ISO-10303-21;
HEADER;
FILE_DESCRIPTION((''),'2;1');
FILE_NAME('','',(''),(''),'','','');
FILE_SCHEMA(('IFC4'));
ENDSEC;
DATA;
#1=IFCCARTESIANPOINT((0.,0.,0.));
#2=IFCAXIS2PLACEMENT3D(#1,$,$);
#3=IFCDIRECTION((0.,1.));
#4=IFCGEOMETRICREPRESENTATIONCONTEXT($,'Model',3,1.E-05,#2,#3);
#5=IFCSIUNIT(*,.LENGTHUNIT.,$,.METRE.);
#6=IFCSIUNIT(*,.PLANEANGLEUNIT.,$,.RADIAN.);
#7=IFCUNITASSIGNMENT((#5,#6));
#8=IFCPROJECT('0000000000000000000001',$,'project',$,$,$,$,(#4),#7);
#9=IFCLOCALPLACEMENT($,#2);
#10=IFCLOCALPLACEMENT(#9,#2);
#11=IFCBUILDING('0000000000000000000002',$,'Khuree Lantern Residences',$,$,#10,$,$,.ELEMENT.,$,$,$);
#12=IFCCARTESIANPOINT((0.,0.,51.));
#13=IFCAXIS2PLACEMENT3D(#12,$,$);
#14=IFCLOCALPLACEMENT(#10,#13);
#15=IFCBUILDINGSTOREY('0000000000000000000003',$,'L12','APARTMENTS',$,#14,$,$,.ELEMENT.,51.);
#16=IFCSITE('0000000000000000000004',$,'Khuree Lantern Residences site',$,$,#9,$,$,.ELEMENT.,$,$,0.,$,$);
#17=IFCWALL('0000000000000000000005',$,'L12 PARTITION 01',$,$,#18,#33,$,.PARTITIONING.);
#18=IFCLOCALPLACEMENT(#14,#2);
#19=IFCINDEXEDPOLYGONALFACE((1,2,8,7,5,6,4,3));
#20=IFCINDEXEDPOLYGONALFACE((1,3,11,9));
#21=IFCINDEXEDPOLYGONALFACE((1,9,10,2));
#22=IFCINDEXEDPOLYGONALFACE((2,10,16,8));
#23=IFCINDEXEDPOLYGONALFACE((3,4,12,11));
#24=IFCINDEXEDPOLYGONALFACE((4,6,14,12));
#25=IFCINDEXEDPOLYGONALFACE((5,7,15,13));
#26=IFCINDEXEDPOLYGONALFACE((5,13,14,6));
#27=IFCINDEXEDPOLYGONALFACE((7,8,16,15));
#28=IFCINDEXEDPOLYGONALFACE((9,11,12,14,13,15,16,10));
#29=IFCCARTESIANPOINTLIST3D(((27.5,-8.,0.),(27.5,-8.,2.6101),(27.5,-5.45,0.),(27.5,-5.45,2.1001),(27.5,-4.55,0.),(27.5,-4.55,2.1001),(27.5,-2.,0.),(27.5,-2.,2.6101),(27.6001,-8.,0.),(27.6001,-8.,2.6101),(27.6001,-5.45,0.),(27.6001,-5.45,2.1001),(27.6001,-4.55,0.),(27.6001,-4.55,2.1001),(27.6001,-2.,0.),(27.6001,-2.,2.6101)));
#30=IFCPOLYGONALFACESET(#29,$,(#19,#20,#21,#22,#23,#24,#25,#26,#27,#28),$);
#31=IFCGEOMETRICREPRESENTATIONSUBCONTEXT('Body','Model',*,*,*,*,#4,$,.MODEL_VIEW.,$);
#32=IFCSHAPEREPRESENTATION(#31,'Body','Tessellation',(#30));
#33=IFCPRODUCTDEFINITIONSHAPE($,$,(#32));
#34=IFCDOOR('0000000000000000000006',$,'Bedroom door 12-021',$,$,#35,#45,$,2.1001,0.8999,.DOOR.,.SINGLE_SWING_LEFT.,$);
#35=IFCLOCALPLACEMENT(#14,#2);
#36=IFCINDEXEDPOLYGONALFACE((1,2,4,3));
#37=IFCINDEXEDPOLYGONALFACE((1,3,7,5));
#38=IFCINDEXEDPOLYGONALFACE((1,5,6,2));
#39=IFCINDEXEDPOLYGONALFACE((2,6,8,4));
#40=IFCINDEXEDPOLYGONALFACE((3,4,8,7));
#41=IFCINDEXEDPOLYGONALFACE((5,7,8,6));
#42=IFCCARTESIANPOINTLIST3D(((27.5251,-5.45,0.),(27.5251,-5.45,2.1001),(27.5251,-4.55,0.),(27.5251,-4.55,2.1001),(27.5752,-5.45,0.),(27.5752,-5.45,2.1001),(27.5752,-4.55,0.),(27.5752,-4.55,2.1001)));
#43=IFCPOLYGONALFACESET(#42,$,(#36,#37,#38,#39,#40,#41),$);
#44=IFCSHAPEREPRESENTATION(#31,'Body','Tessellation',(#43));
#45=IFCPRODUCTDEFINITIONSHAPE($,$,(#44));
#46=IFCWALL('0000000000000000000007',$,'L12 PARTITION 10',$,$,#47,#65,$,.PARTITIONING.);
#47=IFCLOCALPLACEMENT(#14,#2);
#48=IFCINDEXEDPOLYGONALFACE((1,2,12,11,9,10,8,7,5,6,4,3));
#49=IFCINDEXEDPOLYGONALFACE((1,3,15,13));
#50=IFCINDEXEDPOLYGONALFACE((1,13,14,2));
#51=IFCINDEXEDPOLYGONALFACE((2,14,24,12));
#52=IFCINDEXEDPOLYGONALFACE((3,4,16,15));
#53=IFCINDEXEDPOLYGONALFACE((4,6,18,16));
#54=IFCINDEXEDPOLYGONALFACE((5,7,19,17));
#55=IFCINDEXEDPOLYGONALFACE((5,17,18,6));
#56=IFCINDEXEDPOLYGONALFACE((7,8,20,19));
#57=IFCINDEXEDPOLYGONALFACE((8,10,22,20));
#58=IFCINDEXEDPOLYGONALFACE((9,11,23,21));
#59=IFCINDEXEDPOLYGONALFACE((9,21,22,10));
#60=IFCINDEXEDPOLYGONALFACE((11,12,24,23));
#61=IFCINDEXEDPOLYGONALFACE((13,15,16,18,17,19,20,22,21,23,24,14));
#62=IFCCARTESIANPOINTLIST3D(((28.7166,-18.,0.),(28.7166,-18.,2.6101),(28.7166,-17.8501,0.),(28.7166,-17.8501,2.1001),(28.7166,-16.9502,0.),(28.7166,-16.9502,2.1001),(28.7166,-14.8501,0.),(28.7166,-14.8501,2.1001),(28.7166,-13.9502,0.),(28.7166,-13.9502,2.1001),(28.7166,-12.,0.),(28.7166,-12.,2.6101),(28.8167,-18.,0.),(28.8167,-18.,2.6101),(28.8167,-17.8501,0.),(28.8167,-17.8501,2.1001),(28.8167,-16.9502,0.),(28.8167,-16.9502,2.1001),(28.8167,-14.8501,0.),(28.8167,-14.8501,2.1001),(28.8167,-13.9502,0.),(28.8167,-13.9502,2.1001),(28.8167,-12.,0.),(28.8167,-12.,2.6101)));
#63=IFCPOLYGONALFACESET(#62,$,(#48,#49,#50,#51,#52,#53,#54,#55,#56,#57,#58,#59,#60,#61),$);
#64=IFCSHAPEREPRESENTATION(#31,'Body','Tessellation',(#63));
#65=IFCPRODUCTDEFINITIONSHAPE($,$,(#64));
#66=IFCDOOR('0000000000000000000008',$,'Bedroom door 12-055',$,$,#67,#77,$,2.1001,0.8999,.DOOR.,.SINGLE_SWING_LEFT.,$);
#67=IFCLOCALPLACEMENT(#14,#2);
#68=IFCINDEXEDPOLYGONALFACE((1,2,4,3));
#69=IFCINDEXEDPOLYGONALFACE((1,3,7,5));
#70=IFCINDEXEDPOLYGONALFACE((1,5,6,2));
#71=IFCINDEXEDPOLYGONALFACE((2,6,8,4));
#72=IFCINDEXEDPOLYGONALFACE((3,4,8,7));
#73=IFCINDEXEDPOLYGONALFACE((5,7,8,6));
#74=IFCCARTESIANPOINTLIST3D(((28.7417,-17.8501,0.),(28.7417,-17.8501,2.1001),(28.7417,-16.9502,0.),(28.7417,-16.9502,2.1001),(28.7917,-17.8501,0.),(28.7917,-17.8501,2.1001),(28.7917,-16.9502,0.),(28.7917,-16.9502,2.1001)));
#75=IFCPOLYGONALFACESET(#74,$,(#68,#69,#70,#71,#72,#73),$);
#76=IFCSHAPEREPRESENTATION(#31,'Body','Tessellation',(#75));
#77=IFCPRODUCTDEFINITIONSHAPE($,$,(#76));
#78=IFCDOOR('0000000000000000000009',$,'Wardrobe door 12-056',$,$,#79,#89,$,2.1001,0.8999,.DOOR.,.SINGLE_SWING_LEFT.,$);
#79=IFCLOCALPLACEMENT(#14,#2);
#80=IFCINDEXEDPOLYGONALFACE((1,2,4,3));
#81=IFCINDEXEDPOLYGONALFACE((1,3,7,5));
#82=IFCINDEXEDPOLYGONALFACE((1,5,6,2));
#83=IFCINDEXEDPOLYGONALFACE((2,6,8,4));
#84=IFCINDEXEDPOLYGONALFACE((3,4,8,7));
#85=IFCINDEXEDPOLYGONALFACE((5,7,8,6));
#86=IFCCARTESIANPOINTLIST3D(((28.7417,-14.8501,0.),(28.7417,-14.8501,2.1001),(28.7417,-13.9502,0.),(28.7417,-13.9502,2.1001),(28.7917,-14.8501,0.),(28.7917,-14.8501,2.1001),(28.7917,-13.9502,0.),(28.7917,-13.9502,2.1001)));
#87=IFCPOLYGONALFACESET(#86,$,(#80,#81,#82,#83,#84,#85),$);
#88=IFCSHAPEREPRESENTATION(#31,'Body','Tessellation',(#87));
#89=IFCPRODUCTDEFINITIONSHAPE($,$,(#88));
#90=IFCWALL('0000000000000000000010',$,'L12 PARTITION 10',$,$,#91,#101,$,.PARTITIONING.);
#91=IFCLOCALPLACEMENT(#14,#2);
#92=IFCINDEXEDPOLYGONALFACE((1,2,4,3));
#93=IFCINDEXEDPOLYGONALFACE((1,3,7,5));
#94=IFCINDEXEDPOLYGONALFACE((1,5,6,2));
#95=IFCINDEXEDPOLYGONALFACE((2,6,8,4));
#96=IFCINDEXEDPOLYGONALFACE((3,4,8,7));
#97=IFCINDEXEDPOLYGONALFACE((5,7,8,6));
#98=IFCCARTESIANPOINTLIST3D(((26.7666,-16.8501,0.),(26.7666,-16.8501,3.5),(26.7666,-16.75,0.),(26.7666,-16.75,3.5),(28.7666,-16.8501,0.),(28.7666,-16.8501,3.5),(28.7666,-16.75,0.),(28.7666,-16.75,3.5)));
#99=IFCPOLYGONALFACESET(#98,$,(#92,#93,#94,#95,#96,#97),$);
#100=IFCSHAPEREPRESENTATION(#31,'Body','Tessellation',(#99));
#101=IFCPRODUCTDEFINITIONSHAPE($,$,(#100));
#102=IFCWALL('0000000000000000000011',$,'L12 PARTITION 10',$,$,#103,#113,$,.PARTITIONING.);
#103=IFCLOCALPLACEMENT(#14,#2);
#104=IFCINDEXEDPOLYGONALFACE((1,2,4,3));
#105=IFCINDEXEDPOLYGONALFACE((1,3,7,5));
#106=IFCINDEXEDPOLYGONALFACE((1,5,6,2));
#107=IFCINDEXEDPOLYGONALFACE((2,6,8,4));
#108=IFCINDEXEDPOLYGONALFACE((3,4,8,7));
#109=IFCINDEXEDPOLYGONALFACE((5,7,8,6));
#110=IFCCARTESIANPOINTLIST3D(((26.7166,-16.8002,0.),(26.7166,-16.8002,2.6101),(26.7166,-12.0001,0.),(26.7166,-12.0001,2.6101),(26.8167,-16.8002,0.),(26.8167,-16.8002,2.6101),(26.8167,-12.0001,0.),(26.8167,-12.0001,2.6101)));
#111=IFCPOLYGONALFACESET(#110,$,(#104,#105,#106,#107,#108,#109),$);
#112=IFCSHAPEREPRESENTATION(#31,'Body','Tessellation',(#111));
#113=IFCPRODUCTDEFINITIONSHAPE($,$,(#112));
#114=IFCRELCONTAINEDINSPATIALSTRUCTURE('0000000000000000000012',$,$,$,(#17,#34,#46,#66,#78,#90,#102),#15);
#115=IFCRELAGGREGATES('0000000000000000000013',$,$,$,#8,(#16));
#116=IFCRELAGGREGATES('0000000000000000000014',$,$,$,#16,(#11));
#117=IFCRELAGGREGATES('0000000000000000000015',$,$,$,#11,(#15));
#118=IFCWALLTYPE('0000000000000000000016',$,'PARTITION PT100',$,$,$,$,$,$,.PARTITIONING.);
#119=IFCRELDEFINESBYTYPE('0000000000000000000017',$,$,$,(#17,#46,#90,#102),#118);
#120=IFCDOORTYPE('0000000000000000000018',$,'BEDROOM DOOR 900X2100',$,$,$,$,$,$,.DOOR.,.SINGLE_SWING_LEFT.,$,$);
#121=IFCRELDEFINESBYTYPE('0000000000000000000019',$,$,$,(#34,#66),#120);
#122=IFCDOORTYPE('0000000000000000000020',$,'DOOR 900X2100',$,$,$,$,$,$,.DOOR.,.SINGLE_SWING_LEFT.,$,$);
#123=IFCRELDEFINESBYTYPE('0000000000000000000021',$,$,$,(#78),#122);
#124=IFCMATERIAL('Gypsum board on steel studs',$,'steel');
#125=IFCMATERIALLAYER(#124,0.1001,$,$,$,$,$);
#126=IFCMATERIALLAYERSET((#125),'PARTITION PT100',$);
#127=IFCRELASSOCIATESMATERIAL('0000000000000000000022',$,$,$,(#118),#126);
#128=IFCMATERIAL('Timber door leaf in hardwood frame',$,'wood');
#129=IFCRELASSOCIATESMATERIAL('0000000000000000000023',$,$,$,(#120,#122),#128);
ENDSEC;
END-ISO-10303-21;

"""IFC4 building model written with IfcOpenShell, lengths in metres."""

from ifc_helpers import new_model, si_unit, direction, frame, frame_2d, origin, place, context, subcontext, project, spatial, rectangle, extrude, material, layer, layer_set, type_object, element, fill, save


model = new_model("IFC4")

# Units and contexts
model_context = context("Model", 3, precision=1e-05, world=origin(), true_north=direction((0.0, 1.0)))
body_context = subcontext(model_context, "Body", "Model", "MODEL_VIEW")
ifc_project = project(units=[si_unit("LENGTHUNIT", "METRE"), si_unit("PLANEANGLEUNIT", "RADIAN")], contexts=[model_context])

# Site, building, storey
site_placement = place(None, origin())
site = spatial("IfcSite", under=ifc_project, at=site_placement, Name="Khuree Lantern Residences site", CompositionType="ELEMENT", RefElevation=0.0)
building_placement = place(site_placement, origin())
building = spatial("IfcBuilding", under=site, at=building_placement, Name="Khuree Lantern Residences", CompositionType="ELEMENT")
storey_placement = place(building_placement, frame((0.0, 0.0, 51.0)))
storey = spatial("IfcBuildingStorey", under=building, at=storey_placement, Name="L12", Description="APARTMENTS", CompositionType="ELEMENT", Elevation=51.0)

# Shared definitions
ifc_material_1 = material(Name="Timber door leaf in hardwood frame", Category="wood")

# Shared definitions
ifc_material_2 = material(Name="Gypsum board on steel studs", Category="steel")
ifc_layer_1 = layer(ifc_material_2, 0.1001)
ifc_layer_set_1 = layer_set([ifc_layer_1], Name="PARTITION PT100")
wall_type_1 = type_object("IfcWallType", Name="PARTITION PT100", PredefinedType="PARTITIONING", material=ifc_layer_set_1)

# Wall, opening, door
wall_1_placement = place(storey_placement, frame((27.55, -8.0, 0.0), z_axis=(0.0, 0.0, 1.0), x_axis=(0.0, 1.0, 0.0)))
wall_1 = element("IfcWall", 1, at=wall_1_placement, inside=storey, type_object=wall_type_1, Name="L12 PARTITION 01", PredefinedType="PARTITIONING", context=body_context, shape_type="SweptSolid", body=[
    extrude(rectangle(XDim=6.0, YDim=0.1001, at=frame_2d((3.0, 0.0))), origin(), (0.0, 0.0, 1.0), 2.6101),
])
opening_1_placement = place(wall_1_placement, frame((2.55, 0.0, 0.0)))
opening_1 = element("IfcOpeningElement", 2, at=opening_1_placement, cuts=wall_1, PredefinedType="OPENING", context=body_context, shape_type="SweptSolid", body=[
    extrude(rectangle(XDim=0.8999, YDim=2.1001, at=frame_2d((0.45, 1.05))), frame((0.0, 0.0601, 0.0), z_axis=(0.0, -1.0, 0.0), x_axis=(1.0, 0.0, 0.0)), (0.0, 0.0, 1.0), 0.1201),
])
door_type_1 = type_object("IfcDoorType", Name="BEDROOM DOOR 900X2100", OperationType="SINGLE_SWING_LEFT", PredefinedType="DOOR", material=ifc_material_1)
door_1_placement = place(opening_1_placement, origin())
door_1 = element("IfcDoor", 3, at=door_1_placement, inside=storey, type_object=door_type_1, Name="Bedroom door 12-021", OperationType="SINGLE_SWING_LEFT", OverallHeight=2.1001, OverallWidth=0.8999, PredefinedType="DOOR", context=body_context, shape_type="SweptSolid", body=[
    extrude(rectangle(XDim=0.8999, YDim=2.1001, at=frame_2d((0.45, 1.05))), frame((0.0, 0.0249, 0.0), z_axis=(0.0, -1.0, 0.0), x_axis=(1.0, 0.0, 0.0)), (0.0, 0.0, 1.0), 0.05),
])
fill(opening_1, door_1)

# Wall, openings, doors
wall_2_placement = place(storey_placement, frame((28.7666, -18.0, 0.0), z_axis=(0.0, 0.0, 1.0), x_axis=(0.0, 1.0, 0.0)))
wall_2 = element("IfcWall", 4, at=wall_2_placement, inside=storey, type_object=wall_type_1, Name="L12 PARTITION 10", PredefinedType="PARTITIONING", context=body_context, shape_type="SweptSolid", body=[
    extrude(rectangle(XDim=6.0, YDim=0.1001, at=frame_2d((3.0, 0.0))), origin(), (0.0, 0.0, 1.0), 2.6101),
])
opening_2_placement = place(wall_2_placement, frame((0.1499, 0.0, 0.0)))
opening_2 = element("IfcOpeningElement", 5, at=opening_2_placement, cuts=wall_2, PredefinedType="OPENING", context=body_context, shape_type="SweptSolid", body=[
    extrude(rectangle(XDim=0.8999, YDim=2.1001, at=frame_2d((0.45, 1.05))), frame((0.0, 0.0601, 0.0), z_axis=(0.0, -1.0, 0.0), x_axis=(1.0, 0.0, 0.0)), (0.0, 0.0, 1.0), 0.1201),
])
opening_3_placement = place(wall_2_placement, frame((3.1499, 0.0, 0.0)))
opening_3 = element("IfcOpeningElement", 6, at=opening_3_placement, cuts=wall_2, PredefinedType="OPENING", context=body_context, shape_type="SweptSolid", body=[
    extrude(rectangle(XDim=0.8999, YDim=2.1001, at=frame_2d((0.45, 1.05))), frame((0.0, 0.0601, 0.0), z_axis=(0.0, -1.0, 0.0), x_axis=(1.0, 0.0, 0.0)), (0.0, 0.0, 1.0), 0.1201),
])
door_2_placement = place(opening_2_placement, origin())
door_2 = element("IfcDoor", 7, at=door_2_placement, inside=storey, type_object=door_type_1, Name="Bedroom door 12-055", OperationType="SINGLE_SWING_LEFT", OverallHeight=2.1001, OverallWidth=0.8999, PredefinedType="DOOR", context=body_context, shape_type="SweptSolid", body=[
    extrude(rectangle(XDim=0.8999, YDim=2.1001, at=frame_2d((0.45, 1.05))), frame((0.0, 0.0249, 0.0), z_axis=(0.0, -1.0, 0.0), x_axis=(1.0, 0.0, 0.0)), (0.0, 0.0, 1.0), 0.05),
])
fill(opening_2, door_2)
door_type_2 = type_object("IfcDoorType", Name="DOOR 900X2100", OperationType="SINGLE_SWING_LEFT", PredefinedType="DOOR", material=ifc_material_1)
door_3_placement = place(opening_3_placement, origin())
door_3 = element("IfcDoor", 8, at=door_3_placement, inside=storey, type_object=door_type_2, Name="Wardrobe door 12-056", OperationType="SINGLE_SWING_LEFT", OverallHeight=2.1001, OverallWidth=0.8999, PredefinedType="DOOR", context=body_context, shape_type="SweptSolid", body=[
    extrude(rectangle(XDim=0.8999, YDim=2.1001, at=frame_2d((0.45, 1.05))), frame((0.0, 0.0249, 0.0), z_axis=(0.0, -1.0, 0.0), x_axis=(1.0, 0.0, 0.0)), (0.0, 0.0, 1.0), 0.05),
])
fill(opening_3, door_3)

# Walls
wall_3_placement = place(storey_placement, frame((26.7666, -16.8, 0.0), z_axis=(0.0, 0.0, 1.0), x_axis=(1.0, 0.0, 0.0)))
element("IfcWall", 9, at=wall_3_placement, inside=storey, type_object=wall_type_1, Name="L12 PARTITION 10", PredefinedType="PARTITIONING", context=body_context, shape_type="SweptSolid", body=[
    extrude(rectangle(XDim=2.0, YDim=0.1001, at=frame_2d((1.0, 0.0))), origin(), (0.0, 0.0, 1.0), 3.5),
])
wall_4_placement = place(storey_placement, frame((26.7666, -16.8, 0.0), z_axis=(0.0, 0.0, 1.0), x_axis=(0.0, 1.0, 0.0)))
element("IfcWall", 10, at=wall_4_placement, inside=storey, type_object=wall_type_1, Name="L12 PARTITION 10", PredefinedType="PARTITIONING", context=body_context, shape_type="SweptSolid", body=[
    extrude(rectangle(XDim=4.8, YDim=0.1001, at=frame_2d((2.3999, 0.0))), origin(), (0.0, 0.0, 1.0), 2.6101),
])

save(model, "model.ifc")
